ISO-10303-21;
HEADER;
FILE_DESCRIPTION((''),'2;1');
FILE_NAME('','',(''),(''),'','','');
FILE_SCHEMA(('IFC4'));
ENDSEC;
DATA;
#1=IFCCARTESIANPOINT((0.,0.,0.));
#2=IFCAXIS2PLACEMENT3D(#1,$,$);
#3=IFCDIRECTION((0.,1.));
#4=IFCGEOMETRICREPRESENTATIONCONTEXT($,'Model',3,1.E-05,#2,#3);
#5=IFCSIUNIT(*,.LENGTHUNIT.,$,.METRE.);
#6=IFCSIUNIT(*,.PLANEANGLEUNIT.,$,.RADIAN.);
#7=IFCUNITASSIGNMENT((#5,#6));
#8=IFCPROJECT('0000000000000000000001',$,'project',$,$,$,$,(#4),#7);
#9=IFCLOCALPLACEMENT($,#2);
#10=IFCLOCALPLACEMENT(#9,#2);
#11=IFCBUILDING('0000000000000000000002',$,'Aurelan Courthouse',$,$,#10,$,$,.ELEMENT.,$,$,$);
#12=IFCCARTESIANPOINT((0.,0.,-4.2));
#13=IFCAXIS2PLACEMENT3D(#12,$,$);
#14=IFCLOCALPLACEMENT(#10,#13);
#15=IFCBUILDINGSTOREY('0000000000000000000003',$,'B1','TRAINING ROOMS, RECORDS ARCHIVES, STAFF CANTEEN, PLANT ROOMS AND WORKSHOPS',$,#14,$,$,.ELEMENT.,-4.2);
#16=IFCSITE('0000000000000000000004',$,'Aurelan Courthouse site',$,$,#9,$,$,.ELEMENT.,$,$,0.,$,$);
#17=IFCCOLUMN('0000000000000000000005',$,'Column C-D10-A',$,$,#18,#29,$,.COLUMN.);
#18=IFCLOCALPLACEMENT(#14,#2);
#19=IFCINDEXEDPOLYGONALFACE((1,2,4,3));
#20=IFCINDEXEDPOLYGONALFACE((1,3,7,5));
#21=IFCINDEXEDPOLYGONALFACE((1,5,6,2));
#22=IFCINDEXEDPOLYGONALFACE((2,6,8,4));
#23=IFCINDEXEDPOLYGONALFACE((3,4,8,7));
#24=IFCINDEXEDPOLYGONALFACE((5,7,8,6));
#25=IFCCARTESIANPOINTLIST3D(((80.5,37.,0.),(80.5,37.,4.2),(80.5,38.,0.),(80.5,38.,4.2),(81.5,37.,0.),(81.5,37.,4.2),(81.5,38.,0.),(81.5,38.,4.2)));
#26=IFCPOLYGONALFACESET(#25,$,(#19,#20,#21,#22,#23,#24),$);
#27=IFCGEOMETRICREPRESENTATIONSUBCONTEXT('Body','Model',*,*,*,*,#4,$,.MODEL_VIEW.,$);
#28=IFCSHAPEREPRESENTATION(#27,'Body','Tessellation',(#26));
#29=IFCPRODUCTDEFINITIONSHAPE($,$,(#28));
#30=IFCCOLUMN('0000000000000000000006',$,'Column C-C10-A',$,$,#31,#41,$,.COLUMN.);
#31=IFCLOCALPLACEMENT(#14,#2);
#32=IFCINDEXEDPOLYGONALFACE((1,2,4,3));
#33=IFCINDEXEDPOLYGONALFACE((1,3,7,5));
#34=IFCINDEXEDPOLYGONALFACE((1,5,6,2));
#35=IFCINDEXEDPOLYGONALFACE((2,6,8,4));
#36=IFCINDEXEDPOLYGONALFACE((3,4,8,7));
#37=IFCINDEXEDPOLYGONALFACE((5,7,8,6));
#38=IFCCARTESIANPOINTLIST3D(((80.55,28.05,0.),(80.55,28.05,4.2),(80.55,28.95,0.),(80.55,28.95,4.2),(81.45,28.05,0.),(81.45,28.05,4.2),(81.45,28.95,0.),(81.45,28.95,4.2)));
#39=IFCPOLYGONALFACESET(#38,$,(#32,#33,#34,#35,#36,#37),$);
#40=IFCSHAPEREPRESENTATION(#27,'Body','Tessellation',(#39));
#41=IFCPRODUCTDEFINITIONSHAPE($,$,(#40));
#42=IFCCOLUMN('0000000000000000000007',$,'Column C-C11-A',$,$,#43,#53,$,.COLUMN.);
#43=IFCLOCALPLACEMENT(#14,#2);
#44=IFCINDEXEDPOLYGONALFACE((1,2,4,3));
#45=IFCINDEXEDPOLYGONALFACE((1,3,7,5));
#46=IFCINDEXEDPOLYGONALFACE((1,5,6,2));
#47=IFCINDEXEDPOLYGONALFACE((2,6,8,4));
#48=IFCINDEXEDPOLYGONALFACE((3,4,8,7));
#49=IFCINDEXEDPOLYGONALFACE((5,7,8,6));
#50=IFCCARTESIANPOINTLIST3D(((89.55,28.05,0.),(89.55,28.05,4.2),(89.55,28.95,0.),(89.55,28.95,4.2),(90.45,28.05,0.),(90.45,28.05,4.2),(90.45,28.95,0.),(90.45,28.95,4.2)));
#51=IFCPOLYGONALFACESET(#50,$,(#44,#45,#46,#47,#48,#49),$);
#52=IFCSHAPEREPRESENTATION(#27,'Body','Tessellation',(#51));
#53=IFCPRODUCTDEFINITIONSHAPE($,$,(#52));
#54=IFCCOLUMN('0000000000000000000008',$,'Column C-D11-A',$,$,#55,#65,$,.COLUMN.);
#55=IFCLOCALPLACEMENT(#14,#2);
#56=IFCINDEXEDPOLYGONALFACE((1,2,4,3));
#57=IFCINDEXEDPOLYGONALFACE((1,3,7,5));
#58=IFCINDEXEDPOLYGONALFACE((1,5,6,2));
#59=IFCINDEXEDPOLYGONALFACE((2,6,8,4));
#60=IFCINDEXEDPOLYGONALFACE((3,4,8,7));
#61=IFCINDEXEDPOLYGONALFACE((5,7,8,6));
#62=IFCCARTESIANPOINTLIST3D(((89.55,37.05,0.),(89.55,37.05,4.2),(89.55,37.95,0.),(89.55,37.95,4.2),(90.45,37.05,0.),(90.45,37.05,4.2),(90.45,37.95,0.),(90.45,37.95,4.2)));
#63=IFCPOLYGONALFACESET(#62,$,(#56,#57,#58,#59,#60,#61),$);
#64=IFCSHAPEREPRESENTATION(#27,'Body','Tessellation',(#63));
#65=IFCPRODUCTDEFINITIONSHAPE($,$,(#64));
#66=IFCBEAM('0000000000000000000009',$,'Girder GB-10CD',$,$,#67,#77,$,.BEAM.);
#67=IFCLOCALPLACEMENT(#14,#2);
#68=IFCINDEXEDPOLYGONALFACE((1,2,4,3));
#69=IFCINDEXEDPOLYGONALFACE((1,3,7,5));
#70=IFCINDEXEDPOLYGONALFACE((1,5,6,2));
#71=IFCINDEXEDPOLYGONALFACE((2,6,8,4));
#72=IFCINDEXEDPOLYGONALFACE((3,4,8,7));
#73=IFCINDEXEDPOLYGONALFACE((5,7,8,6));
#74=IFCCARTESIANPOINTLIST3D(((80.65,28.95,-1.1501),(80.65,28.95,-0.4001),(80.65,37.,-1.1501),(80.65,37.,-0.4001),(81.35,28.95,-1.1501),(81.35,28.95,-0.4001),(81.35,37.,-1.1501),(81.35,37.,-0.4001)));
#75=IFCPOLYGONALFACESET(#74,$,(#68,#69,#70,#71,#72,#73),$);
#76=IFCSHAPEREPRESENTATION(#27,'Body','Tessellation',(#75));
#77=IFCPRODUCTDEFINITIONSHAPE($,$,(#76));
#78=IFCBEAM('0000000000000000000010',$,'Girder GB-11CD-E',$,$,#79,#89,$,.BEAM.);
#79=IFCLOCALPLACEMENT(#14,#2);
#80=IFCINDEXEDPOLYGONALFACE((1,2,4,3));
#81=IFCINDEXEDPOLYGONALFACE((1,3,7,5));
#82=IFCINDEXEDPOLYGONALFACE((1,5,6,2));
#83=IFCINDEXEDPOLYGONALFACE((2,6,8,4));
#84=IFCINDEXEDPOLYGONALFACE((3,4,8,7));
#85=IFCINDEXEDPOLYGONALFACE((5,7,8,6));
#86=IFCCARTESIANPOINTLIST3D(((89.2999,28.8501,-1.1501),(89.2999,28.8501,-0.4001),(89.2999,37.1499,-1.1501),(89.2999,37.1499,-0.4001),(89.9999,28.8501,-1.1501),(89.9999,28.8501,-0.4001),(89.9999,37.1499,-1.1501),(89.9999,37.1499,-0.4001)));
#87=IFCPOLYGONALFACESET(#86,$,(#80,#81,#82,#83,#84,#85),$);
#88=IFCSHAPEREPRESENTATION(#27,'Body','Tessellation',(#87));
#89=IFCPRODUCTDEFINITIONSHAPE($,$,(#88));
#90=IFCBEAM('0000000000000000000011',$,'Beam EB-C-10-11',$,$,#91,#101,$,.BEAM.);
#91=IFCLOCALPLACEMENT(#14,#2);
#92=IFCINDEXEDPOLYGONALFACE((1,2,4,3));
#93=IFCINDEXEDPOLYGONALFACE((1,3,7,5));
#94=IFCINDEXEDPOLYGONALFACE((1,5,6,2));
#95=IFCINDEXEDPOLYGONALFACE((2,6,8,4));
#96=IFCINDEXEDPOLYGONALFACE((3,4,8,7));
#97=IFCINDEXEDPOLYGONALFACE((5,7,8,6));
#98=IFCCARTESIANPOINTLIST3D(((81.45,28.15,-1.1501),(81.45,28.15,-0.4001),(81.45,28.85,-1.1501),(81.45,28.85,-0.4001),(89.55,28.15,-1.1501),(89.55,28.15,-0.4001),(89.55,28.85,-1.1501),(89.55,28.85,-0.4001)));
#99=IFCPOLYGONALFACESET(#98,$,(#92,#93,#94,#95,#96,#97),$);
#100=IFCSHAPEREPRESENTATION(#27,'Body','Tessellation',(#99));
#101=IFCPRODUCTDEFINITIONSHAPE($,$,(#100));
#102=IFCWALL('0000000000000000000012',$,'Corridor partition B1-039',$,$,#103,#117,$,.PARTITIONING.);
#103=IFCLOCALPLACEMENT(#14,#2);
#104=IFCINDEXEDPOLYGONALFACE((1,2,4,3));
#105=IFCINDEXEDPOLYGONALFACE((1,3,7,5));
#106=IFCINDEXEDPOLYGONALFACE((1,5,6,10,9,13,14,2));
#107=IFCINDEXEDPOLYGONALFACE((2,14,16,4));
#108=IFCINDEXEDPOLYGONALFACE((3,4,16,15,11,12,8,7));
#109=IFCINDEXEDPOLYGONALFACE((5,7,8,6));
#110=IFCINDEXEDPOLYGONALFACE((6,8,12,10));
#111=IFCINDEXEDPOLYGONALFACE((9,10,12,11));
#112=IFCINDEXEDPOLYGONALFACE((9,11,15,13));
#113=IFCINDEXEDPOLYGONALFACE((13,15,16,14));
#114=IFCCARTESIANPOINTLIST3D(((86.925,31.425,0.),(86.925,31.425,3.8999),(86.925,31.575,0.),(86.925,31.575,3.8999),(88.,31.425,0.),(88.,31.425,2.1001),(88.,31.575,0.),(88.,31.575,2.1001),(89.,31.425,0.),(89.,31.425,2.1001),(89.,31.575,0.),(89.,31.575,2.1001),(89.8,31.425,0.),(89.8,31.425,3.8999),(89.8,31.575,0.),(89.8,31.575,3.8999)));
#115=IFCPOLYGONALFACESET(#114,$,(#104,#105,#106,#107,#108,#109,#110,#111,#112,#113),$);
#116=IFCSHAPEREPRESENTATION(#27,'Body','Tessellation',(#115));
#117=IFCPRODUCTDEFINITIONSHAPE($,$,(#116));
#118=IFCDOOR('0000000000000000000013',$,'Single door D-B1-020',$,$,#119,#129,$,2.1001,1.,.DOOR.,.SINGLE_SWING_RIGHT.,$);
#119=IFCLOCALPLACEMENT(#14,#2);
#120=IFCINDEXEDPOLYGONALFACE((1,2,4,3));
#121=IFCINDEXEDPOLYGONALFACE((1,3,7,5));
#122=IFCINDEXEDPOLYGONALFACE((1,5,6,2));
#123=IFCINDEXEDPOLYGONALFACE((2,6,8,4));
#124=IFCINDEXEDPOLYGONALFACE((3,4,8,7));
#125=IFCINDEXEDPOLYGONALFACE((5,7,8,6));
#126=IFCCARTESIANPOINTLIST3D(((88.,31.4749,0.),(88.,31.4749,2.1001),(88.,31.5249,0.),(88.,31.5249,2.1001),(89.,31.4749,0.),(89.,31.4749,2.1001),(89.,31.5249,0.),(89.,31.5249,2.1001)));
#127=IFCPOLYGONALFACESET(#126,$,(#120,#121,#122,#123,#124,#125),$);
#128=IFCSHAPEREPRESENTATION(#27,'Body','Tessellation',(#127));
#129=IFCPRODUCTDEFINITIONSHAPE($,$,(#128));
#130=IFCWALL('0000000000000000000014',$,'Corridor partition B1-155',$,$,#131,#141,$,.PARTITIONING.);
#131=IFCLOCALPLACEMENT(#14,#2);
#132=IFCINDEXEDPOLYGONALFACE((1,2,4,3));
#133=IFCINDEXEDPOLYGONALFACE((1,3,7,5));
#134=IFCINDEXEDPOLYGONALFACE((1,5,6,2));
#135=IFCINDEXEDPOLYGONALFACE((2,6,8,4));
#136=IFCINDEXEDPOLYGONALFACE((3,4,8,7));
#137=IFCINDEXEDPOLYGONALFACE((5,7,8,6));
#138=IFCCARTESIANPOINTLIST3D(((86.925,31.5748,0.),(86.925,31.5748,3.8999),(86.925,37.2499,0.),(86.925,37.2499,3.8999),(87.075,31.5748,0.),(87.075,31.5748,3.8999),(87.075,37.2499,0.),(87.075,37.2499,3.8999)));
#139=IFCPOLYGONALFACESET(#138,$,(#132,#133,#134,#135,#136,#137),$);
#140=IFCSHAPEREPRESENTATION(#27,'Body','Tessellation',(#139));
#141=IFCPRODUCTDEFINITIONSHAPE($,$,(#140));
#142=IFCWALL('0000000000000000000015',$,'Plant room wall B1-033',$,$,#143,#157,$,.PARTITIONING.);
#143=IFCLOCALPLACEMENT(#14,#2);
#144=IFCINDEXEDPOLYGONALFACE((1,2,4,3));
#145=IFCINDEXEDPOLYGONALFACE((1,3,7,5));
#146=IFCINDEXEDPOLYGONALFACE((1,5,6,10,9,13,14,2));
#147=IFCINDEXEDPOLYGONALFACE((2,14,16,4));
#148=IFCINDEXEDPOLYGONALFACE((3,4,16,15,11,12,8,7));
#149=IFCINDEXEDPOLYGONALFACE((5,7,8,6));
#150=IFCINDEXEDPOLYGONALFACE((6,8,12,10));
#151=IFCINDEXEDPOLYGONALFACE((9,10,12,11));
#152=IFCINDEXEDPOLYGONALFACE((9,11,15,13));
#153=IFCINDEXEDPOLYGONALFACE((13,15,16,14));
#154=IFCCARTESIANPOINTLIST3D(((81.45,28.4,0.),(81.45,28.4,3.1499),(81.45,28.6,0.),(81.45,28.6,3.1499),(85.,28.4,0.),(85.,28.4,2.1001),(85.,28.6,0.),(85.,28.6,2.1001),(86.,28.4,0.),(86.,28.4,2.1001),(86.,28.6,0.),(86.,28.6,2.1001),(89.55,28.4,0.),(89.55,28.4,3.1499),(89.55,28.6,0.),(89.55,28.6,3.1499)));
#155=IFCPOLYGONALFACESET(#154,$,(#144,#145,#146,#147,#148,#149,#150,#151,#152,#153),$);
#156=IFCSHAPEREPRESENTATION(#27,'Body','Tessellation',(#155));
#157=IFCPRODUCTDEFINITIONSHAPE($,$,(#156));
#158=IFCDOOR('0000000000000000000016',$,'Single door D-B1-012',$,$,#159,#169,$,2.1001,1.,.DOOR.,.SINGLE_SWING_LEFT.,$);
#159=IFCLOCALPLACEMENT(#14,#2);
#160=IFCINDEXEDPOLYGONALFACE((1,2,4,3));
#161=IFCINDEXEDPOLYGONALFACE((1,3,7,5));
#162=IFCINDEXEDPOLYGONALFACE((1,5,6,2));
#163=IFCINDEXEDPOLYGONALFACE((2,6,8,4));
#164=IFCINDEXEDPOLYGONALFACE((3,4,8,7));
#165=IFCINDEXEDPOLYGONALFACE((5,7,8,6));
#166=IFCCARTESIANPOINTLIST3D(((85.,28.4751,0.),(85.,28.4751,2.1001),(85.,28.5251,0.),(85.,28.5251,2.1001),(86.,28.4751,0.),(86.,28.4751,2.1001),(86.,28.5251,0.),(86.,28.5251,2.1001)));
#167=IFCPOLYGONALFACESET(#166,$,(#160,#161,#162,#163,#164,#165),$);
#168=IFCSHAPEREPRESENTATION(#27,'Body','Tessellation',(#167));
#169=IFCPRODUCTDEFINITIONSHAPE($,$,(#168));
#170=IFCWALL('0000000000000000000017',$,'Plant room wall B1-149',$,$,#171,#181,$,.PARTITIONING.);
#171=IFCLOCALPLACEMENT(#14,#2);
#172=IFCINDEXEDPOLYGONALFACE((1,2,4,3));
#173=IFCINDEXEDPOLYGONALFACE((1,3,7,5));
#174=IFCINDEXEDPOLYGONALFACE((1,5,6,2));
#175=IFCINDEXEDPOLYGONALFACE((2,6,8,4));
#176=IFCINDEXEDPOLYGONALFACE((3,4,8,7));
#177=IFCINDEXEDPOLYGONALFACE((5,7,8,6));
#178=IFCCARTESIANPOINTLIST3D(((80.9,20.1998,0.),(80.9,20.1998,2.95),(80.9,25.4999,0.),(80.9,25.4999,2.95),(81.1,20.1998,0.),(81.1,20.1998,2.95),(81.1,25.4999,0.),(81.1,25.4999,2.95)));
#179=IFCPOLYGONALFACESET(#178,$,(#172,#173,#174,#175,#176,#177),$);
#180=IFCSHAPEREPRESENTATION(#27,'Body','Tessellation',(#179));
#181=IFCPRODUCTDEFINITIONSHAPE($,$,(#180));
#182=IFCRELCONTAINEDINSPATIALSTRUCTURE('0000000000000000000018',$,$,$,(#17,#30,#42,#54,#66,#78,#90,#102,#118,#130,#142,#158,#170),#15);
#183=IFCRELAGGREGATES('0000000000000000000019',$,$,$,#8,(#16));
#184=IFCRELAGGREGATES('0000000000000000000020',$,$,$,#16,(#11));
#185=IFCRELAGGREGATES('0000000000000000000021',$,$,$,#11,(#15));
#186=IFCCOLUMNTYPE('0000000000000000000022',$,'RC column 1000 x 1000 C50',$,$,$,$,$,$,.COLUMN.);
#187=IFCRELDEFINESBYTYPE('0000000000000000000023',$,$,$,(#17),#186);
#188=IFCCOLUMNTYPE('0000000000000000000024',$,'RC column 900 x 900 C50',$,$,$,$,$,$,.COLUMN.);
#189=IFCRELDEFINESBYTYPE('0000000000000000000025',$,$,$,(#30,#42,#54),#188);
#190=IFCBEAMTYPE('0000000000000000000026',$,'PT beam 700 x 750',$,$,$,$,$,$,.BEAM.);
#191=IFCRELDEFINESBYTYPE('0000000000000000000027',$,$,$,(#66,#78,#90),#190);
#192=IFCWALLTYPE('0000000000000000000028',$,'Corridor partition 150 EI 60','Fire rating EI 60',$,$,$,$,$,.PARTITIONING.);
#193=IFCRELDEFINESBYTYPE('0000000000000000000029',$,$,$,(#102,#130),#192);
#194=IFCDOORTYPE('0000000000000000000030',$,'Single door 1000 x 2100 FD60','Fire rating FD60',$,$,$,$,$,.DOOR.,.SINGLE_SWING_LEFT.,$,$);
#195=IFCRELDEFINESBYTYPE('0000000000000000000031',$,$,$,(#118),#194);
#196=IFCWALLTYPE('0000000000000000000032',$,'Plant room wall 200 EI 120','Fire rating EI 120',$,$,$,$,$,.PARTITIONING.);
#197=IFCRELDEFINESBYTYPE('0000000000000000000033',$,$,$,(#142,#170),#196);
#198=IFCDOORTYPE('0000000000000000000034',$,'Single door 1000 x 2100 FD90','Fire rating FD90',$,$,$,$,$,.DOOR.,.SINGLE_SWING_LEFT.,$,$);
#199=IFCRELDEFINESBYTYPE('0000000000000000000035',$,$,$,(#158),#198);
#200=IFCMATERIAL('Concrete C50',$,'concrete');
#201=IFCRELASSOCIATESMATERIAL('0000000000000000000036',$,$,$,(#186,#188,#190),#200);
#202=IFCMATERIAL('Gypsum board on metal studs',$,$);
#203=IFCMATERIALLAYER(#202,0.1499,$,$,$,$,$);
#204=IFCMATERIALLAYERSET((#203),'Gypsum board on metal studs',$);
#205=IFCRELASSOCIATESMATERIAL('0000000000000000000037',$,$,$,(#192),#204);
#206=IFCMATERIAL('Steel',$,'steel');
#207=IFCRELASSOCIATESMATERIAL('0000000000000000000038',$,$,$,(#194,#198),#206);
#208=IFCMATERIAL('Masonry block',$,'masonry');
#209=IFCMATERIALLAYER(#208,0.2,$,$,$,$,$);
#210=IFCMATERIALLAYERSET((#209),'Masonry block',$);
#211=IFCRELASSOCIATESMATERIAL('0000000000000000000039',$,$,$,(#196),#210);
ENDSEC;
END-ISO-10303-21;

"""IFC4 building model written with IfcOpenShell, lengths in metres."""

from ifc_helpers import new_model, si_unit, direction, frame, frame_2d, origin, origin_2d, place, context, subcontext, project, spatial, rectangle, extrude, material, layer, layer_set, material_profile, profile_set, type_object, element, fill, save


model = new_model("IFC4")

# Units and contexts
model_context = context("Model", 3, precision=1e-05, world=origin(), true_north=direction((0.0, 1.0)))
body_context = subcontext(model_context, "Body", "Model", "MODEL_VIEW")
ifc_project = project(units=[si_unit("LENGTHUNIT", "METRE"), si_unit("PLANEANGLEUNIT", "RADIAN")], contexts=[model_context])

# Site, building, storey
site_placement = place(None, origin())
site = spatial("IfcSite", under=ifc_project, at=site_placement, Name="Aurelan Courthouse site", CompositionType="ELEMENT", RefElevation=0.0)
building_placement = place(site_placement, origin())
building = spatial("IfcBuilding", under=site, at=building_placement, Name="Aurelan Courthouse", CompositionType="ELEMENT")
storey_placement = place(building_placement, frame((0.0, 0.0, -4.2)))
storey = spatial("IfcBuildingStorey", under=building, at=storey_placement, Name="B1", Description="TRAINING ROOMS, RECORDS ARCHIVES, STAFF CANTEEN, PLANT ROOMS AND WORKSHOPS", CompositionType="ELEMENT", Elevation=-4.2)

# Columns
ifc_material_1 = material(Name="Concrete C50", Category="concrete")
ifc_material_profile_1 = material_profile(ifc_material_1, rectangle(XDim=1.0, YDim=1.0, at=origin_2d()), Name="RC 1000 x 1000")
ifc_profile_set_1 = profile_set([ifc_material_profile_1], Name="Concrete C50")
column_type_1 = type_object("IfcColumnType", Name="RC column 1000 x 1000 C50", PredefinedType="COLUMN", material=ifc_profile_set_1)
column_placement = place(storey_placement, frame((81.0, 37.5, 0.0), z_axis=(0.0, 0.0, 1.0), x_axis=(1.0, 0.0, 0.0)))
element("IfcColumn", 1, at=column_placement, inside=storey, type_object=column_type_1, Name="Column C-D10-A", PredefinedType="COLUMN", context=body_context, shape_type="SweptSolid", body=[
    extrude(rectangle(XDim=1.0, YDim=1.0, at=origin_2d()), origin(), (0.0, 0.0, 1.0), 4.2),
])
ifc_material_profile_2 = material_profile(ifc_material_1, rectangle(XDim=0.8999, YDim=0.8999, at=origin_2d()), Name="RC 900 x 900")
ifc_profile_set_2 = profile_set([ifc_material_profile_2], Name="Concrete C50")
column_type_2 = type_object("IfcColumnType", Name="RC column 900 x 900 C50", PredefinedType="COLUMN", material=ifc_profile_set_2)
for number, where, z_axis, x_axis, name in (
    (2, (81.0, 28.5, 0.0), (0.0, 0.0, 1.0), (1.0, 0.0, 0.0), "Column C-C10-A"),
    (3, (90.0, 28.5, 0.0), (0.0, 0.0, 1.0), (1.0, 0.0, 0.0), "Column C-C11-A"),
    (4, (90.0, 37.5, 0.0), (0.0, 0.0, 1.0), (1.0, 0.0, 0.0), "Column C-D11-A"),
):
    element("IfcColumn", number, at=place(storey_placement, frame(where, z_axis=z_axis, x_axis=x_axis)), inside=storey, type_object=column_type_2, Name=name, PredefinedType="COLUMN", context=body_context, shape_type="SweptSolid", body=[
        extrude(rectangle(XDim=0.8999, YDim=0.8999, at=origin_2d()), origin(), (0.0, 0.0, 1.0), 4.2),
    ])

# Beams
ifc_material_profile_3 = material_profile(ifc_material_1, rectangle(XDim=0.7, YDim=0.75, at=origin_2d()), Name="RC 700 x 750")
ifc_profile_set_3 = profile_set([ifc_material_profile_3], Name="Concrete C50")
beam_type = type_object("IfcBeamType", Name="PT beam 700 x 750", PredefinedType="BEAM", material=ifc_profile_set_3)
beam_1_placement = place(storey_placement, frame((81.0, 28.95, -0.7751), z_axis=(0.0, 1.0, 0.0), x_axis=(-1.0, 0.0, 0.0)))
element("IfcBeam", 5, at=beam_1_placement, inside=storey, type_object=beam_type, Name="Girder GB-10CD", PredefinedType="BEAM", context=body_context, shape_type="SweptSolid", body=[
    extrude(rectangle(XDim=0.7, YDim=0.75, at=origin_2d()), origin(), (0.0, 0.0, 1.0), 8.05),
])
beam_2_placement = place(storey_placement, frame((89.6499, 28.8501, -0.7751), z_axis=(0.0, 1.0, 0.0), x_axis=(-1.0, 0.0, 0.0)))
element("IfcBeam", 6, at=beam_2_placement, inside=storey, type_object=beam_type, Name="Girder GB-11CD-E", PredefinedType="BEAM", context=body_context, shape_type="SweptSolid", body=[
    extrude(rectangle(XDim=0.7, YDim=0.75, at=origin_2d()), origin(), (0.0, 0.0, 1.0), 8.2998),
])
beam_3_placement = place(storey_placement, frame((81.45, 28.5, -0.7751), z_axis=(1.0, 0.0, 0.0), x_axis=(0.0, 1.0, 0.0)))
element("IfcBeam", 7, at=beam_3_placement, inside=storey, type_object=beam_type, Name="Beam EB-C-10-11", PredefinedType="BEAM", context=body_context, shape_type="SweptSolid", body=[
    extrude(rectangle(XDim=0.7, YDim=0.75, at=origin_2d()), origin(), (0.0, 0.0, 1.0), 8.1001),
])

# Wall, opening, door
ifc_material_2 = material(Name="Gypsum board on metal studs")
ifc_layer_1 = layer(ifc_material_2, 0.1499)
ifc_layer_set_1 = layer_set([ifc_layer_1], Name="Gypsum board on metal studs")
wall_type_1 = type_object("IfcWallType", Name="Corridor partition 150 EI 60", Description="Fire rating EI 60", PredefinedType="PARTITIONING", material=ifc_layer_set_1)
wall_1_placement = place(storey_placement, frame((86.925, 31.5, 0.0), z_axis=(0.0, 0.0, 1.0), x_axis=(1.0, 0.0, 0.0)))
wall_1 = element("IfcWall", 8, at=wall_1_placement, inside=storey, type_object=wall_type_1, Name="Corridor partition B1-039", PredefinedType="PARTITIONING", context=body_context, shape_type="SweptSolid", body=[
    extrude(rectangle(XDim=2.875, YDim=0.1499, at=frame_2d((1.4375, 0.0))), origin(), (0.0, 0.0, 1.0), 3.8999),
])
opening_1_placement = place(wall_1_placement, frame((1.075, 0.0, 0.0)))
opening_1 = element("IfcOpeningElement", 9, at=opening_1_placement, cuts=wall_1, PredefinedType="OPENING", context=body_context, shape_type="SweptSolid", body=[
    extrude(rectangle(XDim=1.0, YDim=2.1001, at=frame_2d((0.5, 1.05))), frame((0.0, 0.085, 0.0), z_axis=(0.0, -1.0, 0.0), x_axis=(1.0, 0.0, 0.0)), (0.0, 0.0, 1.0), 0.1699),
])
ifc_material_3 = material(Name="Steel", Category="steel")
door_type_1 = type_object("IfcDoorType", Name="Single door 1000 x 2100 FD60", Description="Fire rating FD60", OperationType="SINGLE_SWING_LEFT", PredefinedType="DOOR", material=ifc_material_3)
door_1_placement = place(opening_1_placement, origin())
door_1 = element("IfcDoor", 10, at=door_1_placement, inside=storey, type_object=door_type_1, Name="Single door D-B1-020", OperationType="SINGLE_SWING_RIGHT", OverallHeight=2.1001, OverallWidth=1.0, PredefinedType="DOOR", context=body_context, shape_type="SweptSolid", body=[
    extrude(rectangle(XDim=1.0, YDim=2.1001, at=frame_2d((0.5, 1.05))), frame((0.0, 0.0249, 0.0), z_axis=(0.0, -1.0, 0.0), x_axis=(1.0, 0.0, 0.0)), (0.0, 0.0, 1.0), 0.05),
])
fill(opening_1, door_1)

# Wall
wall_2_placement = place(storey_placement, frame((87.0, 31.575, 0.0), z_axis=(0.0, 0.0, 1.0), x_axis=(0.0, 1.0, 0.0)))
element("IfcWall", 11, at=wall_2_placement, inside=storey, type_object=wall_type_1, Name="Corridor partition B1-155", PredefinedType="PARTITIONING", context=body_context, shape_type="SweptSolid", body=[
    extrude(rectangle(XDim=5.675, YDim=0.1499, at=frame_2d((2.8374, 0.0))), origin(), (0.0, 0.0, 1.0), 3.8999),
])

# Wall, opening, door
ifc_material_4 = material(Name="Masonry block", Category="masonry")
ifc_layer_2 = layer(ifc_material_4, 0.2)
ifc_layer_set_2 = layer_set([ifc_layer_2], Name="Masonry block")
wall_type_2 = type_object("IfcWallType", Name="Plant room wall 200 EI 120", Description="Fire rating EI 120", PredefinedType="PARTITIONING", material=ifc_layer_set_2)
wall_3_placement = place(storey_placement, frame((81.45, 28.5, 0.0), z_axis=(0.0, 0.0, 1.0), x_axis=(1.0, 0.0, 0.0)))
wall_3 = element("IfcWall", 12, at=wall_3_placement, inside=storey, type_object=wall_type_2, Name="Plant room wall B1-033", PredefinedType="PARTITIONING", context=body_context, shape_type="SweptSolid", body=[
    extrude(rectangle(XDim=8.1001, YDim=0.2, at=frame_2d((4.05, 0.0))), origin(), (0.0, 0.0, 1.0), 3.1499),
])
opening_2_placement = place(wall_3_placement, frame((4.55, 0.0, 0.0), z_axis=(0.0, 0.0, 1.0), x_axis=(-1.0, 0.0, 0.0)))
opening_2 = element("IfcOpeningElement", 13, at=opening_2_placement, cuts=wall_3, PredefinedType="OPENING", context=body_context, shape_type="SweptSolid", body=[
    extrude(rectangle(XDim=1.0, YDim=2.1001, at=frame_2d((0.5, 1.05))), frame((0.0, 0.1099, 0.0), z_axis=(0.0, -1.0, 0.0), x_axis=(1.0, 0.0, 0.0)), (0.0, 0.0, 1.0), 0.22),
])
door_type_2 = type_object("IfcDoorType", Name="Single door 1000 x 2100 FD90", Description="Fire rating FD90", OperationType="SINGLE_SWING_LEFT", PredefinedType="DOOR", material=ifc_material_3)
door_2_placement = place(opening_2_placement, origin())
door_2 = element("IfcDoor", 14, at=door_2_placement, inside=storey, type_object=door_type_2, Name="Single door D-B1-012", OperationType="SINGLE_SWING_LEFT", OverallHeight=2.1001, OverallWidth=1.0, PredefinedType="DOOR", context=body_context, shape_type="SweptSolid", body=[
    extrude(rectangle(XDim=1.0, YDim=2.1001, at=frame_2d((0.5, 1.05))), frame((0.0, 0.0249, 0.0), z_axis=(0.0, -1.0, 0.0), x_axis=(1.0, 0.0, 0.0)), (0.0, 0.0, 1.0), 0.05),
])
fill(opening_2, door_2)

# Wall
wall_4_placement = place(storey_placement, frame((81.0, 20.2, 0.0), z_axis=(0.0, 0.0, 1.0), x_axis=(0.0, 1.0, 0.0)))
element("IfcWall", 15, at=wall_4_placement, inside=storey, type_object=wall_type_2, Name="Plant room wall B1-149", PredefinedType="PARTITIONING", context=body_context, shape_type="SweptSolid", body=[
    extrude(rectangle(XDim=5.3, YDim=0.2, at=frame_2d((2.6499, 0.0))), origin(), (0.0, 0.0, 1.0), 2.95),
])

save(model, "model.ifc")
